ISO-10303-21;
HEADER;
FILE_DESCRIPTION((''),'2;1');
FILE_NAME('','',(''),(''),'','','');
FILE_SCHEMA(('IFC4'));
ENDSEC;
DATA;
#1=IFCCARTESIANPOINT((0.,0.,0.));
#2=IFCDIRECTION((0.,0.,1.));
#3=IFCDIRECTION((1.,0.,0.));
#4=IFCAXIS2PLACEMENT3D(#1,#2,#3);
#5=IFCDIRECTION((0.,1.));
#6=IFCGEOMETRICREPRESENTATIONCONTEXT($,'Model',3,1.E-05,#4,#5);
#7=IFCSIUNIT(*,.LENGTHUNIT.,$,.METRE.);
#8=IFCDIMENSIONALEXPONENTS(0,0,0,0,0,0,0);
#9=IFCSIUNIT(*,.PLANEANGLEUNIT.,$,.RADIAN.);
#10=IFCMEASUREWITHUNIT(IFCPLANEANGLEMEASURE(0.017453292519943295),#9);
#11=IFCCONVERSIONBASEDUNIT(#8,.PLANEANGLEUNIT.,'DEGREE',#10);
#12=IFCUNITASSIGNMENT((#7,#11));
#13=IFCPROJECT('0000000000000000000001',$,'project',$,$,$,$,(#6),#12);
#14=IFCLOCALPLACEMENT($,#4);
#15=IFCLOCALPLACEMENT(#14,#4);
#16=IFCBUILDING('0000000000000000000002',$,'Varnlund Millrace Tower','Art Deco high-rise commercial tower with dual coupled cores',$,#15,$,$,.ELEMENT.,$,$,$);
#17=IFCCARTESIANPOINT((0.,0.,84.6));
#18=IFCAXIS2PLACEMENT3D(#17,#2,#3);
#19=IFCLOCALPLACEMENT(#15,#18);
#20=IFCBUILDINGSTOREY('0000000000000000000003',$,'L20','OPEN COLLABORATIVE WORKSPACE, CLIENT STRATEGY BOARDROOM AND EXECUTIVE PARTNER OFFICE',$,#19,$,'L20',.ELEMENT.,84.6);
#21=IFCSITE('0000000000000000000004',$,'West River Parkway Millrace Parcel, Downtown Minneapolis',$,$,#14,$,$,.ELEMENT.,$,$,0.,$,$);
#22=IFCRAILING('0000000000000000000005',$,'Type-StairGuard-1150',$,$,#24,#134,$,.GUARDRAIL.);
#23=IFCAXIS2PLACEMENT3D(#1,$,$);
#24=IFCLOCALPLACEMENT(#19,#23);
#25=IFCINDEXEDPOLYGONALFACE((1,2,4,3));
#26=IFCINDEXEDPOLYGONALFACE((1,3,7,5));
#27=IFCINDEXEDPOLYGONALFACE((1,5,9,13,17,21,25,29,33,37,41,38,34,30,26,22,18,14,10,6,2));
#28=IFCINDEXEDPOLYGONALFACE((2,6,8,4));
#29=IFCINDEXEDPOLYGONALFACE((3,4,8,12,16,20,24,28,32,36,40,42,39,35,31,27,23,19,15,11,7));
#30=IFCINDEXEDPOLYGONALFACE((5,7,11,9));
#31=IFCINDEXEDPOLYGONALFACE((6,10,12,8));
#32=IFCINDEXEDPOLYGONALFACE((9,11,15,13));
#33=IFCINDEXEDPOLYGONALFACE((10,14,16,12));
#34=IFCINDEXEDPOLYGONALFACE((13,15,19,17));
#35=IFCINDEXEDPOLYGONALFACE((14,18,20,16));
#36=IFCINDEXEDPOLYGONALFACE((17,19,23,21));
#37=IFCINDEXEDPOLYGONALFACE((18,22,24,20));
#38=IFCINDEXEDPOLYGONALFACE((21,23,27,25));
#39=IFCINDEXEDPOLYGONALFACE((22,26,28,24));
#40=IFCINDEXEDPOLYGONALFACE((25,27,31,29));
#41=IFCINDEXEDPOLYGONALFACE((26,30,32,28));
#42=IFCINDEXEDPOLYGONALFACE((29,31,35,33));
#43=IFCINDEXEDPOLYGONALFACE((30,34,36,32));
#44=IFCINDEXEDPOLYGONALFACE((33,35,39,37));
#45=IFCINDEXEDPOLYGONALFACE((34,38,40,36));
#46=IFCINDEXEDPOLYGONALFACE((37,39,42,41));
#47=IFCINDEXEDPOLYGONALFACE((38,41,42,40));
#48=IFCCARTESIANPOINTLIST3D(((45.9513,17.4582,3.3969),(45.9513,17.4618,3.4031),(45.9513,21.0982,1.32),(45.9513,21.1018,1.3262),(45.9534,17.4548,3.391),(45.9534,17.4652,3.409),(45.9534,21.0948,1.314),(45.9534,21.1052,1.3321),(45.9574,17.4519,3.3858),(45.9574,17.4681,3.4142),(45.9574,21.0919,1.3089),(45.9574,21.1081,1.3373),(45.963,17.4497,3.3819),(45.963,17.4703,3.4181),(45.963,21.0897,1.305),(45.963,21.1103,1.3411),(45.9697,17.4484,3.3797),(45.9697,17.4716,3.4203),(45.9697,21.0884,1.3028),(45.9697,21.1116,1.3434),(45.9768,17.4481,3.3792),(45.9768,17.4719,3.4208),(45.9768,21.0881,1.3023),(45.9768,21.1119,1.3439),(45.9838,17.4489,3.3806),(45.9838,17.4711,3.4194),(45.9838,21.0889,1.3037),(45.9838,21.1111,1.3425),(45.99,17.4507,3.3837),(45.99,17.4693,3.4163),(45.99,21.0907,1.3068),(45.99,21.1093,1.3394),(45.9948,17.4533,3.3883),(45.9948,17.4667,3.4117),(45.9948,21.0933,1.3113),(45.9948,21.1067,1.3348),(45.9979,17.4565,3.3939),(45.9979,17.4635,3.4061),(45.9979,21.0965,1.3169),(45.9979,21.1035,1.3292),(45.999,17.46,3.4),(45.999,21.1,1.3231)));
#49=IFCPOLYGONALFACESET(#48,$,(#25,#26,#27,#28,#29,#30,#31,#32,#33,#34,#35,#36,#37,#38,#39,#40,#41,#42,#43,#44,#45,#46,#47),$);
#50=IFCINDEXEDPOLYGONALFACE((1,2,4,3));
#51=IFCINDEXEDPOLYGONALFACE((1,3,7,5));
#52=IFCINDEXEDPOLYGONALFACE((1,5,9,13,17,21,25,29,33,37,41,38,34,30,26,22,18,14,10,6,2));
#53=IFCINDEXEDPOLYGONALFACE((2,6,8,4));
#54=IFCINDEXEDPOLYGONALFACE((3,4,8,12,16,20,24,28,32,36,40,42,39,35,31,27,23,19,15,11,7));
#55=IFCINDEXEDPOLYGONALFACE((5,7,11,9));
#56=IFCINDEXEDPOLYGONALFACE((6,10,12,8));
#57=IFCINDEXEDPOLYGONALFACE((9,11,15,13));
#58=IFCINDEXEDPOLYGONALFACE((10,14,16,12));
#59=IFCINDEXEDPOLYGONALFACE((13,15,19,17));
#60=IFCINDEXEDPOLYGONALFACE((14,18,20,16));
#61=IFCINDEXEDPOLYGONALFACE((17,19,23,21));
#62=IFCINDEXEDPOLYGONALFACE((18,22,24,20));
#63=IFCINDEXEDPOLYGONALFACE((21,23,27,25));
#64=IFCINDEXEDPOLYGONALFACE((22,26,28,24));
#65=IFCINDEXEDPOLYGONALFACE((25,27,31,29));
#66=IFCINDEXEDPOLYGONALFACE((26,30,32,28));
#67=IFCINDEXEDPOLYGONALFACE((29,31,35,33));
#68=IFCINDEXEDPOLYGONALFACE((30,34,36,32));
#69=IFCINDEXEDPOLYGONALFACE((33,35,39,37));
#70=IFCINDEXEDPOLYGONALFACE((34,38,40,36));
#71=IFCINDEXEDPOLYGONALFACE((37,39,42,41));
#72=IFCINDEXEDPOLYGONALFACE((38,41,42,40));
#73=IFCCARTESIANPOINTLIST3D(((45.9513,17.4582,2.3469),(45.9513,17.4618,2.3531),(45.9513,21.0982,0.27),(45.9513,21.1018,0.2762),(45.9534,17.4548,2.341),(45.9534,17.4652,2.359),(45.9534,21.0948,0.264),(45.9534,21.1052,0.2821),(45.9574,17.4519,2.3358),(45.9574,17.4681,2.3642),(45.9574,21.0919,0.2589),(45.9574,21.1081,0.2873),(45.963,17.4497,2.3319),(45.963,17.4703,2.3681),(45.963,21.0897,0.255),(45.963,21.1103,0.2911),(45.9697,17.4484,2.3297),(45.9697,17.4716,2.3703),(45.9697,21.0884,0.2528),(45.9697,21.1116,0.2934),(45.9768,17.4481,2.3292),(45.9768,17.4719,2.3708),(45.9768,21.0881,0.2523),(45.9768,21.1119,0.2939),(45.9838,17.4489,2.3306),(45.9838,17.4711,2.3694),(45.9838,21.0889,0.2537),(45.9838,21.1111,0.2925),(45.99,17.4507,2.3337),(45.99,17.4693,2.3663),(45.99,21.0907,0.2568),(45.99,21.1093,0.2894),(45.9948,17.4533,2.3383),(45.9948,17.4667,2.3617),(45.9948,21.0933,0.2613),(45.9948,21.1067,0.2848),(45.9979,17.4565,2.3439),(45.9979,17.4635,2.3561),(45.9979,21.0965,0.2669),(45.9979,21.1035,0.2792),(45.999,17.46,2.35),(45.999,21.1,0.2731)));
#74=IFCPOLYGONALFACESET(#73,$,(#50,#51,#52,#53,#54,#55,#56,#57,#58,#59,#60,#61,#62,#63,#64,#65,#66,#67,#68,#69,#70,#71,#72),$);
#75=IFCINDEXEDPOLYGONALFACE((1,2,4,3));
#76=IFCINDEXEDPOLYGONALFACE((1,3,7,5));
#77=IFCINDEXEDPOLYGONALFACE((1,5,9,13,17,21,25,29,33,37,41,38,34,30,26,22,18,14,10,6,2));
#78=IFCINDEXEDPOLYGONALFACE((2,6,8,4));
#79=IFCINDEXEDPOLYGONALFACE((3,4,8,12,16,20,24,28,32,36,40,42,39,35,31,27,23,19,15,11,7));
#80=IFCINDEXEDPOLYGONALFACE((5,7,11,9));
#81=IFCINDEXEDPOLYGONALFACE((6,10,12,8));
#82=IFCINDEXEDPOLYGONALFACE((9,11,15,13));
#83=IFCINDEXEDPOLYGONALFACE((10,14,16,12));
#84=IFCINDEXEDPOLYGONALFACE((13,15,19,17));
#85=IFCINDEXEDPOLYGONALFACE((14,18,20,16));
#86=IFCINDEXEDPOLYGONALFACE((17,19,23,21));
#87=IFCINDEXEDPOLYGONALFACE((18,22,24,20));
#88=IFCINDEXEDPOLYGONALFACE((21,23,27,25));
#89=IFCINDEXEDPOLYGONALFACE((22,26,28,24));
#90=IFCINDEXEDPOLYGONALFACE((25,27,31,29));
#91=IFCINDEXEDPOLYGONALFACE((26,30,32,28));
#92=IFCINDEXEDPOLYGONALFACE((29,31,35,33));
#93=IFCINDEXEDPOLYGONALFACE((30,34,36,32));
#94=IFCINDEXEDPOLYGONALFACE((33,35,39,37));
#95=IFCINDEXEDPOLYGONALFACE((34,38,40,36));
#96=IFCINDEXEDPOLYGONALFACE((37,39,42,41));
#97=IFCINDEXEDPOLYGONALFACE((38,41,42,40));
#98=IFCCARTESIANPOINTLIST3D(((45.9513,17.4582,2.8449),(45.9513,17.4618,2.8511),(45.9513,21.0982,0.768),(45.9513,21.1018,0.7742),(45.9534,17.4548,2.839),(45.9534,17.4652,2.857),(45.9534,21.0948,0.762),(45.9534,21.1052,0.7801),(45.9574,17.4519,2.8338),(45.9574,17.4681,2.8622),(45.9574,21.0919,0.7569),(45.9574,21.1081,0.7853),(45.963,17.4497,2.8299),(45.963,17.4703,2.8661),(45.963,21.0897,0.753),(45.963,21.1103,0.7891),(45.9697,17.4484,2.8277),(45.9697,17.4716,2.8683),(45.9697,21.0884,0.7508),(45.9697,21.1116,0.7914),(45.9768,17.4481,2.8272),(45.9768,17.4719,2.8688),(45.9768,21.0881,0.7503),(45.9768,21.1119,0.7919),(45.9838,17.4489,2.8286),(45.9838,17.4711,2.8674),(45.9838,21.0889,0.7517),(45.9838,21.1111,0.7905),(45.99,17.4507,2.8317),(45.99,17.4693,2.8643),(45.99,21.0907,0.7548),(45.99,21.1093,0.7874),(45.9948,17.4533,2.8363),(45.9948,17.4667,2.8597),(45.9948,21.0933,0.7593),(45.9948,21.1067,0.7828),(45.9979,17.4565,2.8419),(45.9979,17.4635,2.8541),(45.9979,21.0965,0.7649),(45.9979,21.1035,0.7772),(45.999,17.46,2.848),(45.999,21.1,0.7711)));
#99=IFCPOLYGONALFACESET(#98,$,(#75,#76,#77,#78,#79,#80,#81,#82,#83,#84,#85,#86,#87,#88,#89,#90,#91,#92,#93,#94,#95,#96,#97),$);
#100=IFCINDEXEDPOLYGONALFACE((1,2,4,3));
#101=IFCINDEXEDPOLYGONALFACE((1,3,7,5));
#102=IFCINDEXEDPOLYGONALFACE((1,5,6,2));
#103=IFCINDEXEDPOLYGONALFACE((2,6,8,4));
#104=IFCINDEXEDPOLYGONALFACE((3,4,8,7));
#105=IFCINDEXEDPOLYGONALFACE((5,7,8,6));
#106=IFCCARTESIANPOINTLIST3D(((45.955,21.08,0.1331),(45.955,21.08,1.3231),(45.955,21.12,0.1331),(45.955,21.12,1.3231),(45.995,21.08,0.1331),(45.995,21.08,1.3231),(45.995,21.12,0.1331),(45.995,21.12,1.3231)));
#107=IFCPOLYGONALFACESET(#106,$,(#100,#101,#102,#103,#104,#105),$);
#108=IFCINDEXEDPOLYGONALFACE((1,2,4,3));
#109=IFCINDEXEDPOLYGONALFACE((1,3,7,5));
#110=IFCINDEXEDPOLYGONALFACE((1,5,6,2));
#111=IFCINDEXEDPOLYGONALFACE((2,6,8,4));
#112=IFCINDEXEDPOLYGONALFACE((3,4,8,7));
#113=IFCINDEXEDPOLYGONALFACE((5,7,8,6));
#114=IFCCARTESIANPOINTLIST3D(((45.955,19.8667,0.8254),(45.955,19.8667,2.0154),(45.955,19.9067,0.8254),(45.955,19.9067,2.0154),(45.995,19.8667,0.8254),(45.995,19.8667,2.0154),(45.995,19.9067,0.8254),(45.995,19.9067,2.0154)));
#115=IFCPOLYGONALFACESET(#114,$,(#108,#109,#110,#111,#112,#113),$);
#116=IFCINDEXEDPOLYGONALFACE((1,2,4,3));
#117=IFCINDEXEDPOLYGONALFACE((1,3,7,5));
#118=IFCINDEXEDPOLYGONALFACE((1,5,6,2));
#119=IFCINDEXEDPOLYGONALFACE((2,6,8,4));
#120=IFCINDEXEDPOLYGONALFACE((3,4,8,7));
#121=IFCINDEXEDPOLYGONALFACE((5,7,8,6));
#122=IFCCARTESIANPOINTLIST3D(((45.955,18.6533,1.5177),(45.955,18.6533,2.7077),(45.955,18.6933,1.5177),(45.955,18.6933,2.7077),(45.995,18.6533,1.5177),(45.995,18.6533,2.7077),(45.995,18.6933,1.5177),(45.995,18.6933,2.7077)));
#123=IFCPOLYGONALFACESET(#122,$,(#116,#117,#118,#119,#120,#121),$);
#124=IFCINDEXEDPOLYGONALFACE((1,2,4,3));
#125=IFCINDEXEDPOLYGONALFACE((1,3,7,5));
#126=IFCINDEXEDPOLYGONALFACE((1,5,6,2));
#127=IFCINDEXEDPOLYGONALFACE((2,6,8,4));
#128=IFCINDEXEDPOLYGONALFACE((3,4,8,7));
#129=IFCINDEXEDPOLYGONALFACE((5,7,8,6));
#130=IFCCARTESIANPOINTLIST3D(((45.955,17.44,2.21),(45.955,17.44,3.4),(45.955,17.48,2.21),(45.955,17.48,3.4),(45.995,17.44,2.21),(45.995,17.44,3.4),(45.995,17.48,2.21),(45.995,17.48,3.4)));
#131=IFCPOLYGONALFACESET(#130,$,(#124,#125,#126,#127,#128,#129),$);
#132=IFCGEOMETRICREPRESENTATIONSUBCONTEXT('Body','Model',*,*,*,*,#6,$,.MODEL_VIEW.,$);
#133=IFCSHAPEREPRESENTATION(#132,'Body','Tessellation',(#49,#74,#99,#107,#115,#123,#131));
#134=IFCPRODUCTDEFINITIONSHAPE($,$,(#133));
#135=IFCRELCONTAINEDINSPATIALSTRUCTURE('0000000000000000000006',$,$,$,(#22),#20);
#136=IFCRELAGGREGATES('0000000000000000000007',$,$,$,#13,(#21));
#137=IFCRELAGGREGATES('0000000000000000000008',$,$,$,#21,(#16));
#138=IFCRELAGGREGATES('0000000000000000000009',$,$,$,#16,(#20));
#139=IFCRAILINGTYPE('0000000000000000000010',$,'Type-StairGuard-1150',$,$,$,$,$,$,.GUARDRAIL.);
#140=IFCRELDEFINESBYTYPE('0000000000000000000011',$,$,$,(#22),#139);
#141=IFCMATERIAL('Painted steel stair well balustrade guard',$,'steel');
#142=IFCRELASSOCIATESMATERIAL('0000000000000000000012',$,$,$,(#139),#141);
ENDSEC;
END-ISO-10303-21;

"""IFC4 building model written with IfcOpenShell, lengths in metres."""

from ifc_helpers import new_model, entity, si_unit, converted_unit, direction, frame, origin_with_axes, origin_2d_with_axis, place, context, subcontext, project, spatial, rectangle, circle, extrude, material, type_object, element, save


model = new_model("IFC4")

# Units and contexts
model_context = context("Model", 3, precision=1e-05, world=origin_with_axes(), true_north=direction((0.0, 1.0)))
body_context = subcontext(model_context, "Body", "Model", "MODEL_VIEW")
ifc_project = project(units=[si_unit("LENGTHUNIT", "METRE"), converted_unit("PLANEANGLEUNIT", "DEGREE", entity("IfcPlaneAngleMeasure", 0.017453292519943295), si_unit("PLANEANGLEUNIT", "RADIAN"), dimensions=[0, 0, 0, 0, 0, 0, 0])], contexts=[model_context])

# Site, building, storey
site_placement = place(None, origin_with_axes())
site = spatial("IfcSite", under=ifc_project, at=site_placement, Name="West River Parkway Millrace Parcel, Downtown Minneapolis", CompositionType="ELEMENT", RefElevation=0.0)
building_placement = place(site_placement, origin_with_axes())
building = spatial("IfcBuilding", under=site, at=building_placement, Name="Varnlund Millrace Tower", Description="Art Deco high-rise commercial tower with dual coupled cores", CompositionType="ELEMENT")
storey_placement = place(building_placement, frame((0.0, 0.0, 84.6), z_axis=(0.0, 0.0, 1.0), x_axis=(1.0, 0.0, 0.0)))
storey = spatial("IfcBuildingStorey", under=building, at=storey_placement, Name="L20", Description="OPEN COLLABORATIVE WORKSPACE, CLIENT STRATEGY BOARDROOM AND EXECUTIVE PARTNER OFFICE", LongName="L20", CompositionType="ELEMENT", Elevation=84.6)

# Railing
ifc_material_1 = material(Name="Painted steel stair well balustrade guard", Category="steel")
railing_type_1 = type_object("IfcRailingType", Name="Type-StairGuard-1150", PredefinedType="GUARDRAIL", material=ifc_material_1)
railing_1_placement = place(storey_placement, frame((0.0, 0.0, -84.6), z_axis=(0.0, 0.0, 1.0), x_axis=(1.0, 0.0, 0.0)))
element("IfcRailing", 1, at=railing_1_placement, inside=storey, type_object=railing_type_1, Name="Type-StairGuard-1150", PredefinedType="GUARDRAIL", context=body_context, shape_type="SweptSolid", body=[
    extrude(circle(Radius=0.024, at=origin_2d_with_axis()), frame((45.975, 21.1, 85.9231), z_axis=(0.0, -0.868559, 0.495585), x_axis=(1.0, 0.0, 0.0)), (0.0, 0.0, 1.0), 4.1908),
    extrude(circle(Radius=0.024, at=origin_2d_with_axis()), frame((45.975, 21.1, 84.8731), z_axis=(0.0, -0.868559, 0.495585), x_axis=(1.0, 0.0, 0.0)), (0.0, 0.0, 1.0), 4.1908),
    extrude(circle(Radius=0.024, at=origin_2d_with_axis()), frame((45.975, 21.1, 85.3711), z_axis=(0.0, -0.868559, 0.495585), x_axis=(1.0, 0.0, 0.0)), (0.0, 0.0, 1.0), 4.1908),
    extrude(rectangle(XDim=0.04, YDim=0.04, at=origin_2d_with_axis()), frame((45.975, 21.1, 84.7331), z_axis=(0.0, 0.0, 1.0), x_axis=(1.0, 0.0, 0.0)), (0.0, 0.0, 1.0), 1.19),
    extrude(rectangle(XDim=0.04, YDim=0.04, at=origin_2d_with_axis()), frame((45.975, 19.8867, 85.4254), z_axis=(0.0, 0.0, 1.0), x_axis=(1.0, 0.0, 0.0)), (0.0, 0.0, 1.0), 1.19),
    extrude(rectangle(XDim=0.04, YDim=0.04, at=origin_2d_with_axis()), frame((45.975, 18.6733, 86.1177), z_axis=(0.0, 0.0, 1.0), x_axis=(1.0, 0.0, 0.0)), (0.0, 0.0, 1.0), 1.19),
    extrude(rectangle(XDim=0.04, YDim=0.04, at=origin_2d_with_axis()), frame((45.975, 17.46, 86.81), z_axis=(0.0, 0.0, 1.0), x_axis=(1.0, 0.0, 0.0)), (0.0, 0.0, 1.0), 1.19),
])

save(model, "model.ifc")
